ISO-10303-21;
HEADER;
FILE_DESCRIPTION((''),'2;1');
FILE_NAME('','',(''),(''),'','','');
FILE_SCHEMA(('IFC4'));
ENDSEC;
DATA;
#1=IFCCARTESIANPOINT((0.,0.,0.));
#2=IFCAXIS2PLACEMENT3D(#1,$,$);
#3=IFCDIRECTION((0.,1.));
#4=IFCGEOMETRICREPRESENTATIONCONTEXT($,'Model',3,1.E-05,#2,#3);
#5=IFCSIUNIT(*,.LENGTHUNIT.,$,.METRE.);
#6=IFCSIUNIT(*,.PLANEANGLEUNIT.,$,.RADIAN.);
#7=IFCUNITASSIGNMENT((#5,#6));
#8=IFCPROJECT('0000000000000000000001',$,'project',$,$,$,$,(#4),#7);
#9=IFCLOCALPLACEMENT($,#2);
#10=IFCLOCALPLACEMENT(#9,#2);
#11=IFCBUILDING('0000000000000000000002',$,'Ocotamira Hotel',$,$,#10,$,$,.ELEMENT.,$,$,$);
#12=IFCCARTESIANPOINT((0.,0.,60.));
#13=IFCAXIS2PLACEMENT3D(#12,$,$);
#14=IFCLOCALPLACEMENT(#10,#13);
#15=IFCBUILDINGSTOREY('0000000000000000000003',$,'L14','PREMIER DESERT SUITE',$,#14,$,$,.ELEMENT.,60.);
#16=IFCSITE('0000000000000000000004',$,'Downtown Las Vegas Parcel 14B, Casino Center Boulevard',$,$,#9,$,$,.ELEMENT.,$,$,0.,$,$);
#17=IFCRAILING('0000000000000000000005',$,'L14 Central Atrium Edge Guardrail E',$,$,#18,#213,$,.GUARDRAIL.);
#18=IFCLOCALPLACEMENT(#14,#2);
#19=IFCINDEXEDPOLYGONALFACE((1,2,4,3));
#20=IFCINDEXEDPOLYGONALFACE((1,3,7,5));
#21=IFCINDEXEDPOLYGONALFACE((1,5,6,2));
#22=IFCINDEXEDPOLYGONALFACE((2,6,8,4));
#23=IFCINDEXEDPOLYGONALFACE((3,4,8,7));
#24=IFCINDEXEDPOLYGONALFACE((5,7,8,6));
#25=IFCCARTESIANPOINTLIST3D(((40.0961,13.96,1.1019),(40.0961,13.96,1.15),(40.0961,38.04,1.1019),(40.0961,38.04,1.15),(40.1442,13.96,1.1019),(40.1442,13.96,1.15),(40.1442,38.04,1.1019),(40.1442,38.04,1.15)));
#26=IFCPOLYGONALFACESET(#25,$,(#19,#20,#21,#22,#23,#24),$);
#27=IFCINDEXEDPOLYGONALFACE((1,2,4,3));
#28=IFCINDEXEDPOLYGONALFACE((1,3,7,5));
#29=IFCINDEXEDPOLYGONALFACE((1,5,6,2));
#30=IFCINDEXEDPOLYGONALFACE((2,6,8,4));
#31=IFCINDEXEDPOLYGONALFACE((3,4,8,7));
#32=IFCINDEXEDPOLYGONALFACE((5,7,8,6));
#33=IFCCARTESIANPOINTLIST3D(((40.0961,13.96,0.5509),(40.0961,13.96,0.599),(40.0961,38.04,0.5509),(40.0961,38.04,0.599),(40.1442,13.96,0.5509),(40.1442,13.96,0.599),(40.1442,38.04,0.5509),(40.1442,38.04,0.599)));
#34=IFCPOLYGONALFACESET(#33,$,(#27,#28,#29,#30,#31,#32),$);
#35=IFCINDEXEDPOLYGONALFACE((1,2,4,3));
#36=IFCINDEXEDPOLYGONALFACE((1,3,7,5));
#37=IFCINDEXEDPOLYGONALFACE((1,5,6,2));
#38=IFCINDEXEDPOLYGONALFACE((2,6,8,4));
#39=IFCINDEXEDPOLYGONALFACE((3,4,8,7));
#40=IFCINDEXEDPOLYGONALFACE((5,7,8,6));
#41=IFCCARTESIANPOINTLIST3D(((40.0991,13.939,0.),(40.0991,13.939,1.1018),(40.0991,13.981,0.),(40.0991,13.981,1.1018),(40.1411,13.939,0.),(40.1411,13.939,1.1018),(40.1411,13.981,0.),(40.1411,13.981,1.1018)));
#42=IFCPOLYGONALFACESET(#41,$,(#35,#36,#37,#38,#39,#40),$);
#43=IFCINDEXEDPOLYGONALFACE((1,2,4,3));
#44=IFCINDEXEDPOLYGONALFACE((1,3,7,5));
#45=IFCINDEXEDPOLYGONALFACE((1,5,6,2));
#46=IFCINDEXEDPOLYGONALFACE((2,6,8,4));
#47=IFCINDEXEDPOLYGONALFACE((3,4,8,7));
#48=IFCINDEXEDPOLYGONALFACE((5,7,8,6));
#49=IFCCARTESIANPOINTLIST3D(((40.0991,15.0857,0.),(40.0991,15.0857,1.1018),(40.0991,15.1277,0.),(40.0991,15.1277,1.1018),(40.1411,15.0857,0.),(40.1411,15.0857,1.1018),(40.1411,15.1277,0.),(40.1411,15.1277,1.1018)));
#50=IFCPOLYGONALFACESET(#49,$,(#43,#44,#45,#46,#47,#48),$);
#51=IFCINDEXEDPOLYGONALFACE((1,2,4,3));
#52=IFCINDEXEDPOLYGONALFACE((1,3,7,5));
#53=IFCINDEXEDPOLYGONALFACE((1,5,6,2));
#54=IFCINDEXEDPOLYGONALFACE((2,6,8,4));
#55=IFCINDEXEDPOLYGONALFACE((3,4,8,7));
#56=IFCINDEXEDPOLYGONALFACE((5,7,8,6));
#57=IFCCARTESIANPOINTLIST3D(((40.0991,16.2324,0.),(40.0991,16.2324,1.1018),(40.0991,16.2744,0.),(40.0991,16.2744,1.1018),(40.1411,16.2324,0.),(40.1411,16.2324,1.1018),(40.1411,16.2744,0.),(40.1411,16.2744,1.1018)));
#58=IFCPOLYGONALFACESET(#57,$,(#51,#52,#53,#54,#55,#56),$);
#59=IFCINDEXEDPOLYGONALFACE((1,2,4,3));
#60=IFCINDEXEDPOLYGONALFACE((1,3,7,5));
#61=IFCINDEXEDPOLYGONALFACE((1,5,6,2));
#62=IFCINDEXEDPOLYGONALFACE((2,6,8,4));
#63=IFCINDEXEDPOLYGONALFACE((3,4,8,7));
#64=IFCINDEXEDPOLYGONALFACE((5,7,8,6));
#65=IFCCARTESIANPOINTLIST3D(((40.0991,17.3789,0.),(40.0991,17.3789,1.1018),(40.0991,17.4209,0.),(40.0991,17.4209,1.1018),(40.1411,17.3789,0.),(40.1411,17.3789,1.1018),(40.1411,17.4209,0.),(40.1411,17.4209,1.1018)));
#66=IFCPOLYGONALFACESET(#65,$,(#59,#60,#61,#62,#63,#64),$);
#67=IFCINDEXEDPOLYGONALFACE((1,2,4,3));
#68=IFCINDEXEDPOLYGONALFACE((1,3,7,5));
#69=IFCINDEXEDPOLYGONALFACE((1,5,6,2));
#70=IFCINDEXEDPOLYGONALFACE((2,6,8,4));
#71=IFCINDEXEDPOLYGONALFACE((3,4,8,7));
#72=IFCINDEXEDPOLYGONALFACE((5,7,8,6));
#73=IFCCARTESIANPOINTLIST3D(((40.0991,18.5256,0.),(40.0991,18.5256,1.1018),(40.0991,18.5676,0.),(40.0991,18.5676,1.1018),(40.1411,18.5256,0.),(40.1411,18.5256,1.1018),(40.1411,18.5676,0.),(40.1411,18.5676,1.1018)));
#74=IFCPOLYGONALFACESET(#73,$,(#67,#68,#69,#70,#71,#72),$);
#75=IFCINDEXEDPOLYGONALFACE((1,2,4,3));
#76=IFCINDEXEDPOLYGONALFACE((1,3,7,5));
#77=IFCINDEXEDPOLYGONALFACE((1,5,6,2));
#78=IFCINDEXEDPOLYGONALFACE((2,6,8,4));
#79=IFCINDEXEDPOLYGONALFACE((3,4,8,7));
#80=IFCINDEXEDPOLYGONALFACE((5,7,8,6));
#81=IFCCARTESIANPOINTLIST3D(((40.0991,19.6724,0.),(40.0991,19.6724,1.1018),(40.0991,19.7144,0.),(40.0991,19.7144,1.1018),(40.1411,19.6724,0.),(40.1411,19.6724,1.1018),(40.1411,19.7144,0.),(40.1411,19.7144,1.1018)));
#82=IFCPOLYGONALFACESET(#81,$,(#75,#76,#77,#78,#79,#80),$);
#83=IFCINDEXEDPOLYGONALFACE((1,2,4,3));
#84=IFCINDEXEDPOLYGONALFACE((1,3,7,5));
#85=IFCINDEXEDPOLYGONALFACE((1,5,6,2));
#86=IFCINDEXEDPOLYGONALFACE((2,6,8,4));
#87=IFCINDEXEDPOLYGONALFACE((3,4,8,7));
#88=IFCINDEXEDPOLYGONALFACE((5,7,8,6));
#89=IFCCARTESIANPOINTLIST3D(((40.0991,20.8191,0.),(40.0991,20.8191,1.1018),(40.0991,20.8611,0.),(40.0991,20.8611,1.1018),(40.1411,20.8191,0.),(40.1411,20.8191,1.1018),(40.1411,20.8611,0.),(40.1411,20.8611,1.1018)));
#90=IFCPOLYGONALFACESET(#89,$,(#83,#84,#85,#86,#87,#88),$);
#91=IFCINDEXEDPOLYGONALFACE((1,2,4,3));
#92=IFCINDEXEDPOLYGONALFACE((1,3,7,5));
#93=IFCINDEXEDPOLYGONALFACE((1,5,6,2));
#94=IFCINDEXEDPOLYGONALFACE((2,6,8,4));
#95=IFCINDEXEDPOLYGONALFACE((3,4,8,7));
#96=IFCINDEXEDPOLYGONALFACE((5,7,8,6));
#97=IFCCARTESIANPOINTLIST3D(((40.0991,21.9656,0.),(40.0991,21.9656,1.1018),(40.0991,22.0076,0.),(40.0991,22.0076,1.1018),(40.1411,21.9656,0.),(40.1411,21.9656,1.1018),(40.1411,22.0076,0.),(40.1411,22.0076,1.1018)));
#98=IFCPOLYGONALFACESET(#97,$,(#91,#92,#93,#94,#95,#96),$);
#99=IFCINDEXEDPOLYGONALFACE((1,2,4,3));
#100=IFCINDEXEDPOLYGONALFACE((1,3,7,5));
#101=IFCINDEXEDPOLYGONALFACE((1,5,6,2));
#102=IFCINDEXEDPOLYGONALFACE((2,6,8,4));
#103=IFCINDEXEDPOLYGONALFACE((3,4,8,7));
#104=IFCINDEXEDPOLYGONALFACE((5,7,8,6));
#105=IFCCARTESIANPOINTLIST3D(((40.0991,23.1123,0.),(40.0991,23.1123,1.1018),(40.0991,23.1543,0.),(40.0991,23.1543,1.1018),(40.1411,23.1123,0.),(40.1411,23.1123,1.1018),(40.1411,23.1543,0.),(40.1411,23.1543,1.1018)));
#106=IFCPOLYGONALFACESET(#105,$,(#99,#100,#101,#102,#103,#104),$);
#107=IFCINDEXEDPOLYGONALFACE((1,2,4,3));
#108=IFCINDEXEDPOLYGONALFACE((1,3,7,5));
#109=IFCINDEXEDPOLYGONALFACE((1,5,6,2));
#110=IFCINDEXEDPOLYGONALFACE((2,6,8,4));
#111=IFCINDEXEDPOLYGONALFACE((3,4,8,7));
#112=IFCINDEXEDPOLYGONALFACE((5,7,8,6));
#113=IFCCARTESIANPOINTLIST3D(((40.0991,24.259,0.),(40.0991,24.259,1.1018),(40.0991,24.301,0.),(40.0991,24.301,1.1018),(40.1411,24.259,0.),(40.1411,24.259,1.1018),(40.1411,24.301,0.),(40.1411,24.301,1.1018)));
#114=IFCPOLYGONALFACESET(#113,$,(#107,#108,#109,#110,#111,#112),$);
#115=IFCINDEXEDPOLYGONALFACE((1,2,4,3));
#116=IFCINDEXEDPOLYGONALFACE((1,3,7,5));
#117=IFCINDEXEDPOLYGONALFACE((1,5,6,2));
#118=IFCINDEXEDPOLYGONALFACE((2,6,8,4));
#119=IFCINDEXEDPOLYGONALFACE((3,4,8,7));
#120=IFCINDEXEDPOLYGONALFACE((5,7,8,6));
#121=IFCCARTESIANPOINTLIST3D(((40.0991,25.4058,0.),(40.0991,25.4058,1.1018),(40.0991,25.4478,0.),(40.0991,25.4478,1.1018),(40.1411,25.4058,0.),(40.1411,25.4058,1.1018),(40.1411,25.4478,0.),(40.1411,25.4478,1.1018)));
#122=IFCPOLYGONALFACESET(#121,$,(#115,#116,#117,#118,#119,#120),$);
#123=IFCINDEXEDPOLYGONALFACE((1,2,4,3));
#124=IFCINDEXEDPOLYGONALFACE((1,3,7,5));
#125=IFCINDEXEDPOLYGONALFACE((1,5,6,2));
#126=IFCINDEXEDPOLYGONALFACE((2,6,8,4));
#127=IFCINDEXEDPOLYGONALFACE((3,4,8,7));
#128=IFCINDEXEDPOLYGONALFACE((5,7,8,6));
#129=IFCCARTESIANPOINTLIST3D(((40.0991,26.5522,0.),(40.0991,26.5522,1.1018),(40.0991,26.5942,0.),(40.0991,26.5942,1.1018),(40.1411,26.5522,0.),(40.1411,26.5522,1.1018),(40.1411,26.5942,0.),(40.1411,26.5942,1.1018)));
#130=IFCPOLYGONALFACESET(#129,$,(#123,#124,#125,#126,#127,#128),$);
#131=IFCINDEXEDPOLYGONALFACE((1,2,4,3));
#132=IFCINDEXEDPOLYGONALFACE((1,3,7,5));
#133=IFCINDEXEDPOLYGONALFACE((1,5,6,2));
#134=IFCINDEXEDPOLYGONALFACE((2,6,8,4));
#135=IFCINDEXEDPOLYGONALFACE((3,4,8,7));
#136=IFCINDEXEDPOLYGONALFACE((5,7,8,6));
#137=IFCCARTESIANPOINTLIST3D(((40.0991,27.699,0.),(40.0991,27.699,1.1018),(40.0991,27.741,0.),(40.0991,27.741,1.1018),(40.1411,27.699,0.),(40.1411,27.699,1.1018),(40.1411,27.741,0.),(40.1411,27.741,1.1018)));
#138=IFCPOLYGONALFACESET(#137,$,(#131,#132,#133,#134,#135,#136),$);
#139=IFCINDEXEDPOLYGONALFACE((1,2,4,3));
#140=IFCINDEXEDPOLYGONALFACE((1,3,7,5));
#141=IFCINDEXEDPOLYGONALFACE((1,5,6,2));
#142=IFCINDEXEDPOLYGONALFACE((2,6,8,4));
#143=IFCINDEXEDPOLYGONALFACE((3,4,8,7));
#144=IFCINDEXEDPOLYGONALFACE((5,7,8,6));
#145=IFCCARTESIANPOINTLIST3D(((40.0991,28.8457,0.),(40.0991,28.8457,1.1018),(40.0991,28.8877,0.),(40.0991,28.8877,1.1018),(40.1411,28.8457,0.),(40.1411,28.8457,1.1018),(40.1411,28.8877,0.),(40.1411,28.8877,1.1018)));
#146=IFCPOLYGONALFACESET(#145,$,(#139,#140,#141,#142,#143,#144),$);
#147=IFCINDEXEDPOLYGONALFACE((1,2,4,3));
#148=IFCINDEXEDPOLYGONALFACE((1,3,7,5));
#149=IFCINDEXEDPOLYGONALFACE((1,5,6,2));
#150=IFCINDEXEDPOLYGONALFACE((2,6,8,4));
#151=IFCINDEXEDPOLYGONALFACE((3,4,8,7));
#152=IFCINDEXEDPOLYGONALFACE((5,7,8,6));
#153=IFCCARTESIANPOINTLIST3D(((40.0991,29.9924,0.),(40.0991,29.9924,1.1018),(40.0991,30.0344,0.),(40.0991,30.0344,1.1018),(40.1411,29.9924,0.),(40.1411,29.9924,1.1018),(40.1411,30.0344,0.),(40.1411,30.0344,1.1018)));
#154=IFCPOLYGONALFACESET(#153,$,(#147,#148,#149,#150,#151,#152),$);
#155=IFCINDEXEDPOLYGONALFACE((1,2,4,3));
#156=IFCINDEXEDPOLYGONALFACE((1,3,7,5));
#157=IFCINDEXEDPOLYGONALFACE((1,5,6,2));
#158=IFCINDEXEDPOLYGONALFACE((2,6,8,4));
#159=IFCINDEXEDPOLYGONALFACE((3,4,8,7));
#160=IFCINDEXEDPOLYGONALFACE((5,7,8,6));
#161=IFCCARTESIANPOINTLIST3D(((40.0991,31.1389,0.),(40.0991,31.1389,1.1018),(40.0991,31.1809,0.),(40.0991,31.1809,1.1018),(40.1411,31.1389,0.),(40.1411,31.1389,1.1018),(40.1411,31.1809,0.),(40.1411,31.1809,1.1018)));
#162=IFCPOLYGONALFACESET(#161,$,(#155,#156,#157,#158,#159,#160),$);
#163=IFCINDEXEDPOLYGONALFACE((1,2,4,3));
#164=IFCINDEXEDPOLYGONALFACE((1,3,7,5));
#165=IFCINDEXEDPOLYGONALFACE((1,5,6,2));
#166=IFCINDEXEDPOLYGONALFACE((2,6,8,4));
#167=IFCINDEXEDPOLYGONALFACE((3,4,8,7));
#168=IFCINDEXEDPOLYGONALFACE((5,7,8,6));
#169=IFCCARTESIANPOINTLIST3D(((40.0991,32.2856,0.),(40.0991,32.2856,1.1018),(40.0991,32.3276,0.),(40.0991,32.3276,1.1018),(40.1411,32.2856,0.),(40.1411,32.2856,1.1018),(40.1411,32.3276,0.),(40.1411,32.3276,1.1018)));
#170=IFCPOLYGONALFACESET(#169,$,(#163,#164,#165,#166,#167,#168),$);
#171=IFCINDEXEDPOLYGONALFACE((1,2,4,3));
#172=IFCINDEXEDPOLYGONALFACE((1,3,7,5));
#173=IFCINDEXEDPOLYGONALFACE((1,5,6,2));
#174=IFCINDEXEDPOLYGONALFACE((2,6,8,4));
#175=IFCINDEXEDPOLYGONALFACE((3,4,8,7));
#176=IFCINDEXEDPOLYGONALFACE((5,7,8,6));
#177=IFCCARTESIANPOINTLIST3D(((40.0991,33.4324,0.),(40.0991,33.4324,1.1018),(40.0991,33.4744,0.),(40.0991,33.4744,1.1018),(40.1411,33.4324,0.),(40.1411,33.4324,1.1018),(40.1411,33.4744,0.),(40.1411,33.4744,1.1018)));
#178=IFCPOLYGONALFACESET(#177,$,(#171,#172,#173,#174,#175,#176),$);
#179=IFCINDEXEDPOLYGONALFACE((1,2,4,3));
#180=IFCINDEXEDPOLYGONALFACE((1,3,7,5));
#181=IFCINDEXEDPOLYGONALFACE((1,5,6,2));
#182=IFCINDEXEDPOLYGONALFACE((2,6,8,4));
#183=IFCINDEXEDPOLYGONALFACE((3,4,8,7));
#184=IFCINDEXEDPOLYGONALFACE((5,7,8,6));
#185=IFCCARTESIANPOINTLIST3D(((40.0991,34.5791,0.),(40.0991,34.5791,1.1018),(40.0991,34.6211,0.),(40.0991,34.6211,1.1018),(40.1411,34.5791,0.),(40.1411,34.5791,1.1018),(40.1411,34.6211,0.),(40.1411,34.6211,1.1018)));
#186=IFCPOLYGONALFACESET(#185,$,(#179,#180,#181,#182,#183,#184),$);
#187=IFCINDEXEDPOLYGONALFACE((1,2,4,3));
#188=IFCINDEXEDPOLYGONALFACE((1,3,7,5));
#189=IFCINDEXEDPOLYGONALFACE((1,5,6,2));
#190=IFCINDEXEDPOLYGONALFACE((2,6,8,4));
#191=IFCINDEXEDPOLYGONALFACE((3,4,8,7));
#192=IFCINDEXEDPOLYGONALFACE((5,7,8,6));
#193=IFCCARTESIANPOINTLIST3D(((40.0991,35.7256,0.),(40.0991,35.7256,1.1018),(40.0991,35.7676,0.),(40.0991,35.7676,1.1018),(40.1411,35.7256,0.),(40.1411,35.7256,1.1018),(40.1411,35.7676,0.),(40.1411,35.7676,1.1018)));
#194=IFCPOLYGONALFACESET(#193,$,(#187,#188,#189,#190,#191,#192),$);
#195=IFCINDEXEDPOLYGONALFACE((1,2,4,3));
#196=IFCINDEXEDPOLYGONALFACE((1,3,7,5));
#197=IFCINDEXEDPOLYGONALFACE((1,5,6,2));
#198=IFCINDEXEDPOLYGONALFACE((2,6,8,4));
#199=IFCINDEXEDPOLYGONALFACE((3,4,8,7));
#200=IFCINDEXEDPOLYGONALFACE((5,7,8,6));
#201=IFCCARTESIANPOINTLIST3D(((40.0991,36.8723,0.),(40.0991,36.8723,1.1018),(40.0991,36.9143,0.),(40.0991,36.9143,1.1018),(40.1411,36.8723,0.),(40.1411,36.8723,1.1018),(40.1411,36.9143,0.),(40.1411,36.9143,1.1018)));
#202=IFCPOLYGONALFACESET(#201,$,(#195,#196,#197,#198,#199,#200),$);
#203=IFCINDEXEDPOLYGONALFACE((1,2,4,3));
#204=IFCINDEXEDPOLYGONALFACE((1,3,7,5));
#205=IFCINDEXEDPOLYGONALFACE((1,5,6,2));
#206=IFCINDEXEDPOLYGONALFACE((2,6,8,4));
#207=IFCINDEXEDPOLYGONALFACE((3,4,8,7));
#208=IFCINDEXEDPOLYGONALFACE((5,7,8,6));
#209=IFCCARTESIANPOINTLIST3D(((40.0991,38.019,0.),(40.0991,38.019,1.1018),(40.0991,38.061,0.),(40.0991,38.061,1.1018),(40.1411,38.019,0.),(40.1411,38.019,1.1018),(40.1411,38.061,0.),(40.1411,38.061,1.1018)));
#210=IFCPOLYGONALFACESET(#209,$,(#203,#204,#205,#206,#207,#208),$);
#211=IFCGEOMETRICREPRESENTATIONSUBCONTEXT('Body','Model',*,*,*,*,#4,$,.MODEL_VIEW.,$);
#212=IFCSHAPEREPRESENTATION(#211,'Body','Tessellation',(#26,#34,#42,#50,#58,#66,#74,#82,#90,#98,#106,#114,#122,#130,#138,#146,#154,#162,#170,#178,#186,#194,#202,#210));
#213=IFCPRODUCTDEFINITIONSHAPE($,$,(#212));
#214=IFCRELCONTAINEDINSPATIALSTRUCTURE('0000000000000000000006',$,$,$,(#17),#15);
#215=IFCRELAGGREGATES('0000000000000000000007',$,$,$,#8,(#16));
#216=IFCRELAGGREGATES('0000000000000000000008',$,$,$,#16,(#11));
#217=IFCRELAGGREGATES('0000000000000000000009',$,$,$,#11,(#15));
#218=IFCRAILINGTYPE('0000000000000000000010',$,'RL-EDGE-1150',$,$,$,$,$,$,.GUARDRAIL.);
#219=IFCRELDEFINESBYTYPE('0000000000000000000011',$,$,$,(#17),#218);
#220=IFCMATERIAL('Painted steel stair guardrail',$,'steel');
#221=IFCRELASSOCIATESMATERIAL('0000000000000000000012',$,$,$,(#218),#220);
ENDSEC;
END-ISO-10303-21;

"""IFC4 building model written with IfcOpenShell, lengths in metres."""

from ifc_helpers import new_model, si_unit, direction, frame, origin, origin_2d, place, context, subcontext, project, spatial, rectangle, extrude, material, type_object, element, save


model = new_model("IFC4")

# Units and contexts
model_context = context("Model", 3, precision=1e-05, world=origin(), true_north=direction((0.0, 1.0)))
body_context = subcontext(model_context, "Body", "Model", "MODEL_VIEW")
ifc_project = project(units=[si_unit("LENGTHUNIT", "METRE"), si_unit("PLANEANGLEUNIT", "RADIAN")], contexts=[model_context])

# Site, building, storey
site_placement = place(None, origin())
site = spatial("IfcSite", under=ifc_project, at=site_placement, Name="Downtown Las Vegas Parcel 14B, Casino Center Boulevard", CompositionType="ELEMENT", RefElevation=0.0)
building_placement = place(site_placement, origin())
building = spatial("IfcBuilding", under=site, at=building_placement, Name="Ocotamira Hotel", CompositionType="ELEMENT")
storey_placement = place(building_placement, frame((0.0, 0.0, 60.0)))
storey = spatial("IfcBuildingStorey", under=building, at=storey_placement, Name="L14", Description="PREMIER DESERT SUITE", CompositionType="ELEMENT", Elevation=60.0)

# Railing
ifc_material_1 = material(Name="Painted steel stair guardrail", Category="steel")
railing_type = type_object("IfcRailingType", Name="RL-EDGE-1150", PredefinedType="GUARDRAIL", material=ifc_material_1)
railing_placement = place(storey_placement, frame((40.1201, 13.96, 0.0)))
element("IfcRailing", 1, at=railing_placement, inside=storey, type_object=railing_type, Name="L14 Central Atrium Edge Guardrail E", PredefinedType="GUARDRAIL", context=body_context, shape_type="SweptSolid", body=[
    extrude(rectangle(XDim=0.0481, YDim=0.0481, at=origin_2d()), frame((0.0, 0.0, 1.126), z_axis=(0.0, 1.0, 0.0), x_axis=(-1.0, 0.0, 0.0)), (0.0, 0.0, 1.0), 24.0801),
    extrude(rectangle(XDim=0.0481, YDim=0.0481, at=origin_2d()), frame((0.0, 0.0, 0.575), z_axis=(0.0, 1.0, 0.0), x_axis=(-1.0, 0.0, 0.0)), (0.0, 0.0, 1.0), 24.0801),
    extrude(rectangle(XDim=0.042, YDim=0.042, at=origin_2d()), origin(), (0.0, 0.0, 1.0), 1.1018),
    extrude(rectangle(XDim=0.042, YDim=0.042, at=origin_2d()), frame((0.0, 1.1467, 0.0)), (0.0, 0.0, 1.0), 1.1018),
    extrude(rectangle(XDim=0.042, YDim=0.042, at=origin_2d()), frame((0.0, 2.2935, 0.0)), (0.0, 0.0, 1.0), 1.1018),
    extrude(rectangle(XDim=0.042, YDim=0.042, at=origin_2d()), frame((0.0, 3.4399, 0.0)), (0.0, 0.0, 1.0), 1.1018),
    extrude(rectangle(XDim=0.042, YDim=0.042, at=origin_2d()), frame((0.0, 4.5867, 0.0)), (0.0, 0.0, 1.0), 1.1018),
    extrude(rectangle(XDim=0.042, YDim=0.042, at=origin_2d()), frame((0.0, 5.7334, 0.0)), (0.0, 0.0, 1.0), 1.1018),
    extrude(rectangle(XDim=0.042, YDim=0.042, at=origin_2d()), frame((0.0, 6.8801, 0.0)), (0.0, 0.0, 1.0), 1.1018),
    extrude(rectangle(XDim=0.042, YDim=0.042, at=origin_2d()), frame((0.0, 8.0266, 0.0)), (0.0, 0.0, 1.0), 1.1018),
    extrude(rectangle(XDim=0.042, YDim=0.042, at=origin_2d()), frame((0.0, 9.1733, 0.0)), (0.0, 0.0, 1.0), 1.1018),
    extrude(rectangle(XDim=0.042, YDim=0.042, at=origin_2d()), frame((0.0, 10.3201, 0.0)), (0.0, 0.0, 1.0), 1.1018),
    extrude(rectangle(XDim=0.042, YDim=0.042, at=origin_2d()), frame((0.0, 11.4668, 0.0)), (0.0, 0.0, 1.0), 1.1018),
    extrude(rectangle(XDim=0.042, YDim=0.042, at=origin_2d()), frame((0.0, 12.6133, 0.0)), (0.0, 0.0, 1.0), 1.1018),
    extrude(rectangle(XDim=0.042, YDim=0.042, at=origin_2d()), frame((0.0, 13.76, 0.0)), (0.0, 0.0, 1.0), 1.1018),
    extrude(rectangle(XDim=0.042, YDim=0.042, at=origin_2d()), frame((0.0, 14.9067, 0.0)), (0.0, 0.0, 1.0), 1.1018),
    extrude(rectangle(XDim=0.042, YDim=0.042, at=origin_2d()), frame((0.0, 16.0535, 0.0)), (0.0, 0.0, 1.0), 1.1018),
    extrude(rectangle(XDim=0.042, YDim=0.042, at=origin_2d()), frame((0.0, 17.2, 0.0)), (0.0, 0.0, 1.0), 1.1018),
    extrude(rectangle(XDim=0.042, YDim=0.042, at=origin_2d()), frame((0.0, 18.3467, 0.0)), (0.0, 0.0, 1.0), 1.1018),
    extrude(rectangle(XDim=0.042, YDim=0.042, at=origin_2d()), frame((0.0, 19.4934, 0.0)), (0.0, 0.0, 1.0), 1.1018),
    extrude(rectangle(XDim=0.042, YDim=0.042, at=origin_2d()), frame((0.0, 20.6401, 0.0)), (0.0, 0.0, 1.0), 1.1018),
    extrude(rectangle(XDim=0.042, YDim=0.042, at=origin_2d()), frame((0.0, 21.7866, 0.0)), (0.0, 0.0, 1.0), 1.1018),
    extrude(rectangle(XDim=0.042, YDim=0.042, at=origin_2d()), frame((0.0, 22.9333, 0.0)), (0.0, 0.0, 1.0), 1.1018),
    extrude(rectangle(XDim=0.042, YDim=0.042, at=origin_2d()), frame((0.0, 24.0801, 0.0)), (0.0, 0.0, 1.0), 1.1018),
])

save(model, "model.ifc")
